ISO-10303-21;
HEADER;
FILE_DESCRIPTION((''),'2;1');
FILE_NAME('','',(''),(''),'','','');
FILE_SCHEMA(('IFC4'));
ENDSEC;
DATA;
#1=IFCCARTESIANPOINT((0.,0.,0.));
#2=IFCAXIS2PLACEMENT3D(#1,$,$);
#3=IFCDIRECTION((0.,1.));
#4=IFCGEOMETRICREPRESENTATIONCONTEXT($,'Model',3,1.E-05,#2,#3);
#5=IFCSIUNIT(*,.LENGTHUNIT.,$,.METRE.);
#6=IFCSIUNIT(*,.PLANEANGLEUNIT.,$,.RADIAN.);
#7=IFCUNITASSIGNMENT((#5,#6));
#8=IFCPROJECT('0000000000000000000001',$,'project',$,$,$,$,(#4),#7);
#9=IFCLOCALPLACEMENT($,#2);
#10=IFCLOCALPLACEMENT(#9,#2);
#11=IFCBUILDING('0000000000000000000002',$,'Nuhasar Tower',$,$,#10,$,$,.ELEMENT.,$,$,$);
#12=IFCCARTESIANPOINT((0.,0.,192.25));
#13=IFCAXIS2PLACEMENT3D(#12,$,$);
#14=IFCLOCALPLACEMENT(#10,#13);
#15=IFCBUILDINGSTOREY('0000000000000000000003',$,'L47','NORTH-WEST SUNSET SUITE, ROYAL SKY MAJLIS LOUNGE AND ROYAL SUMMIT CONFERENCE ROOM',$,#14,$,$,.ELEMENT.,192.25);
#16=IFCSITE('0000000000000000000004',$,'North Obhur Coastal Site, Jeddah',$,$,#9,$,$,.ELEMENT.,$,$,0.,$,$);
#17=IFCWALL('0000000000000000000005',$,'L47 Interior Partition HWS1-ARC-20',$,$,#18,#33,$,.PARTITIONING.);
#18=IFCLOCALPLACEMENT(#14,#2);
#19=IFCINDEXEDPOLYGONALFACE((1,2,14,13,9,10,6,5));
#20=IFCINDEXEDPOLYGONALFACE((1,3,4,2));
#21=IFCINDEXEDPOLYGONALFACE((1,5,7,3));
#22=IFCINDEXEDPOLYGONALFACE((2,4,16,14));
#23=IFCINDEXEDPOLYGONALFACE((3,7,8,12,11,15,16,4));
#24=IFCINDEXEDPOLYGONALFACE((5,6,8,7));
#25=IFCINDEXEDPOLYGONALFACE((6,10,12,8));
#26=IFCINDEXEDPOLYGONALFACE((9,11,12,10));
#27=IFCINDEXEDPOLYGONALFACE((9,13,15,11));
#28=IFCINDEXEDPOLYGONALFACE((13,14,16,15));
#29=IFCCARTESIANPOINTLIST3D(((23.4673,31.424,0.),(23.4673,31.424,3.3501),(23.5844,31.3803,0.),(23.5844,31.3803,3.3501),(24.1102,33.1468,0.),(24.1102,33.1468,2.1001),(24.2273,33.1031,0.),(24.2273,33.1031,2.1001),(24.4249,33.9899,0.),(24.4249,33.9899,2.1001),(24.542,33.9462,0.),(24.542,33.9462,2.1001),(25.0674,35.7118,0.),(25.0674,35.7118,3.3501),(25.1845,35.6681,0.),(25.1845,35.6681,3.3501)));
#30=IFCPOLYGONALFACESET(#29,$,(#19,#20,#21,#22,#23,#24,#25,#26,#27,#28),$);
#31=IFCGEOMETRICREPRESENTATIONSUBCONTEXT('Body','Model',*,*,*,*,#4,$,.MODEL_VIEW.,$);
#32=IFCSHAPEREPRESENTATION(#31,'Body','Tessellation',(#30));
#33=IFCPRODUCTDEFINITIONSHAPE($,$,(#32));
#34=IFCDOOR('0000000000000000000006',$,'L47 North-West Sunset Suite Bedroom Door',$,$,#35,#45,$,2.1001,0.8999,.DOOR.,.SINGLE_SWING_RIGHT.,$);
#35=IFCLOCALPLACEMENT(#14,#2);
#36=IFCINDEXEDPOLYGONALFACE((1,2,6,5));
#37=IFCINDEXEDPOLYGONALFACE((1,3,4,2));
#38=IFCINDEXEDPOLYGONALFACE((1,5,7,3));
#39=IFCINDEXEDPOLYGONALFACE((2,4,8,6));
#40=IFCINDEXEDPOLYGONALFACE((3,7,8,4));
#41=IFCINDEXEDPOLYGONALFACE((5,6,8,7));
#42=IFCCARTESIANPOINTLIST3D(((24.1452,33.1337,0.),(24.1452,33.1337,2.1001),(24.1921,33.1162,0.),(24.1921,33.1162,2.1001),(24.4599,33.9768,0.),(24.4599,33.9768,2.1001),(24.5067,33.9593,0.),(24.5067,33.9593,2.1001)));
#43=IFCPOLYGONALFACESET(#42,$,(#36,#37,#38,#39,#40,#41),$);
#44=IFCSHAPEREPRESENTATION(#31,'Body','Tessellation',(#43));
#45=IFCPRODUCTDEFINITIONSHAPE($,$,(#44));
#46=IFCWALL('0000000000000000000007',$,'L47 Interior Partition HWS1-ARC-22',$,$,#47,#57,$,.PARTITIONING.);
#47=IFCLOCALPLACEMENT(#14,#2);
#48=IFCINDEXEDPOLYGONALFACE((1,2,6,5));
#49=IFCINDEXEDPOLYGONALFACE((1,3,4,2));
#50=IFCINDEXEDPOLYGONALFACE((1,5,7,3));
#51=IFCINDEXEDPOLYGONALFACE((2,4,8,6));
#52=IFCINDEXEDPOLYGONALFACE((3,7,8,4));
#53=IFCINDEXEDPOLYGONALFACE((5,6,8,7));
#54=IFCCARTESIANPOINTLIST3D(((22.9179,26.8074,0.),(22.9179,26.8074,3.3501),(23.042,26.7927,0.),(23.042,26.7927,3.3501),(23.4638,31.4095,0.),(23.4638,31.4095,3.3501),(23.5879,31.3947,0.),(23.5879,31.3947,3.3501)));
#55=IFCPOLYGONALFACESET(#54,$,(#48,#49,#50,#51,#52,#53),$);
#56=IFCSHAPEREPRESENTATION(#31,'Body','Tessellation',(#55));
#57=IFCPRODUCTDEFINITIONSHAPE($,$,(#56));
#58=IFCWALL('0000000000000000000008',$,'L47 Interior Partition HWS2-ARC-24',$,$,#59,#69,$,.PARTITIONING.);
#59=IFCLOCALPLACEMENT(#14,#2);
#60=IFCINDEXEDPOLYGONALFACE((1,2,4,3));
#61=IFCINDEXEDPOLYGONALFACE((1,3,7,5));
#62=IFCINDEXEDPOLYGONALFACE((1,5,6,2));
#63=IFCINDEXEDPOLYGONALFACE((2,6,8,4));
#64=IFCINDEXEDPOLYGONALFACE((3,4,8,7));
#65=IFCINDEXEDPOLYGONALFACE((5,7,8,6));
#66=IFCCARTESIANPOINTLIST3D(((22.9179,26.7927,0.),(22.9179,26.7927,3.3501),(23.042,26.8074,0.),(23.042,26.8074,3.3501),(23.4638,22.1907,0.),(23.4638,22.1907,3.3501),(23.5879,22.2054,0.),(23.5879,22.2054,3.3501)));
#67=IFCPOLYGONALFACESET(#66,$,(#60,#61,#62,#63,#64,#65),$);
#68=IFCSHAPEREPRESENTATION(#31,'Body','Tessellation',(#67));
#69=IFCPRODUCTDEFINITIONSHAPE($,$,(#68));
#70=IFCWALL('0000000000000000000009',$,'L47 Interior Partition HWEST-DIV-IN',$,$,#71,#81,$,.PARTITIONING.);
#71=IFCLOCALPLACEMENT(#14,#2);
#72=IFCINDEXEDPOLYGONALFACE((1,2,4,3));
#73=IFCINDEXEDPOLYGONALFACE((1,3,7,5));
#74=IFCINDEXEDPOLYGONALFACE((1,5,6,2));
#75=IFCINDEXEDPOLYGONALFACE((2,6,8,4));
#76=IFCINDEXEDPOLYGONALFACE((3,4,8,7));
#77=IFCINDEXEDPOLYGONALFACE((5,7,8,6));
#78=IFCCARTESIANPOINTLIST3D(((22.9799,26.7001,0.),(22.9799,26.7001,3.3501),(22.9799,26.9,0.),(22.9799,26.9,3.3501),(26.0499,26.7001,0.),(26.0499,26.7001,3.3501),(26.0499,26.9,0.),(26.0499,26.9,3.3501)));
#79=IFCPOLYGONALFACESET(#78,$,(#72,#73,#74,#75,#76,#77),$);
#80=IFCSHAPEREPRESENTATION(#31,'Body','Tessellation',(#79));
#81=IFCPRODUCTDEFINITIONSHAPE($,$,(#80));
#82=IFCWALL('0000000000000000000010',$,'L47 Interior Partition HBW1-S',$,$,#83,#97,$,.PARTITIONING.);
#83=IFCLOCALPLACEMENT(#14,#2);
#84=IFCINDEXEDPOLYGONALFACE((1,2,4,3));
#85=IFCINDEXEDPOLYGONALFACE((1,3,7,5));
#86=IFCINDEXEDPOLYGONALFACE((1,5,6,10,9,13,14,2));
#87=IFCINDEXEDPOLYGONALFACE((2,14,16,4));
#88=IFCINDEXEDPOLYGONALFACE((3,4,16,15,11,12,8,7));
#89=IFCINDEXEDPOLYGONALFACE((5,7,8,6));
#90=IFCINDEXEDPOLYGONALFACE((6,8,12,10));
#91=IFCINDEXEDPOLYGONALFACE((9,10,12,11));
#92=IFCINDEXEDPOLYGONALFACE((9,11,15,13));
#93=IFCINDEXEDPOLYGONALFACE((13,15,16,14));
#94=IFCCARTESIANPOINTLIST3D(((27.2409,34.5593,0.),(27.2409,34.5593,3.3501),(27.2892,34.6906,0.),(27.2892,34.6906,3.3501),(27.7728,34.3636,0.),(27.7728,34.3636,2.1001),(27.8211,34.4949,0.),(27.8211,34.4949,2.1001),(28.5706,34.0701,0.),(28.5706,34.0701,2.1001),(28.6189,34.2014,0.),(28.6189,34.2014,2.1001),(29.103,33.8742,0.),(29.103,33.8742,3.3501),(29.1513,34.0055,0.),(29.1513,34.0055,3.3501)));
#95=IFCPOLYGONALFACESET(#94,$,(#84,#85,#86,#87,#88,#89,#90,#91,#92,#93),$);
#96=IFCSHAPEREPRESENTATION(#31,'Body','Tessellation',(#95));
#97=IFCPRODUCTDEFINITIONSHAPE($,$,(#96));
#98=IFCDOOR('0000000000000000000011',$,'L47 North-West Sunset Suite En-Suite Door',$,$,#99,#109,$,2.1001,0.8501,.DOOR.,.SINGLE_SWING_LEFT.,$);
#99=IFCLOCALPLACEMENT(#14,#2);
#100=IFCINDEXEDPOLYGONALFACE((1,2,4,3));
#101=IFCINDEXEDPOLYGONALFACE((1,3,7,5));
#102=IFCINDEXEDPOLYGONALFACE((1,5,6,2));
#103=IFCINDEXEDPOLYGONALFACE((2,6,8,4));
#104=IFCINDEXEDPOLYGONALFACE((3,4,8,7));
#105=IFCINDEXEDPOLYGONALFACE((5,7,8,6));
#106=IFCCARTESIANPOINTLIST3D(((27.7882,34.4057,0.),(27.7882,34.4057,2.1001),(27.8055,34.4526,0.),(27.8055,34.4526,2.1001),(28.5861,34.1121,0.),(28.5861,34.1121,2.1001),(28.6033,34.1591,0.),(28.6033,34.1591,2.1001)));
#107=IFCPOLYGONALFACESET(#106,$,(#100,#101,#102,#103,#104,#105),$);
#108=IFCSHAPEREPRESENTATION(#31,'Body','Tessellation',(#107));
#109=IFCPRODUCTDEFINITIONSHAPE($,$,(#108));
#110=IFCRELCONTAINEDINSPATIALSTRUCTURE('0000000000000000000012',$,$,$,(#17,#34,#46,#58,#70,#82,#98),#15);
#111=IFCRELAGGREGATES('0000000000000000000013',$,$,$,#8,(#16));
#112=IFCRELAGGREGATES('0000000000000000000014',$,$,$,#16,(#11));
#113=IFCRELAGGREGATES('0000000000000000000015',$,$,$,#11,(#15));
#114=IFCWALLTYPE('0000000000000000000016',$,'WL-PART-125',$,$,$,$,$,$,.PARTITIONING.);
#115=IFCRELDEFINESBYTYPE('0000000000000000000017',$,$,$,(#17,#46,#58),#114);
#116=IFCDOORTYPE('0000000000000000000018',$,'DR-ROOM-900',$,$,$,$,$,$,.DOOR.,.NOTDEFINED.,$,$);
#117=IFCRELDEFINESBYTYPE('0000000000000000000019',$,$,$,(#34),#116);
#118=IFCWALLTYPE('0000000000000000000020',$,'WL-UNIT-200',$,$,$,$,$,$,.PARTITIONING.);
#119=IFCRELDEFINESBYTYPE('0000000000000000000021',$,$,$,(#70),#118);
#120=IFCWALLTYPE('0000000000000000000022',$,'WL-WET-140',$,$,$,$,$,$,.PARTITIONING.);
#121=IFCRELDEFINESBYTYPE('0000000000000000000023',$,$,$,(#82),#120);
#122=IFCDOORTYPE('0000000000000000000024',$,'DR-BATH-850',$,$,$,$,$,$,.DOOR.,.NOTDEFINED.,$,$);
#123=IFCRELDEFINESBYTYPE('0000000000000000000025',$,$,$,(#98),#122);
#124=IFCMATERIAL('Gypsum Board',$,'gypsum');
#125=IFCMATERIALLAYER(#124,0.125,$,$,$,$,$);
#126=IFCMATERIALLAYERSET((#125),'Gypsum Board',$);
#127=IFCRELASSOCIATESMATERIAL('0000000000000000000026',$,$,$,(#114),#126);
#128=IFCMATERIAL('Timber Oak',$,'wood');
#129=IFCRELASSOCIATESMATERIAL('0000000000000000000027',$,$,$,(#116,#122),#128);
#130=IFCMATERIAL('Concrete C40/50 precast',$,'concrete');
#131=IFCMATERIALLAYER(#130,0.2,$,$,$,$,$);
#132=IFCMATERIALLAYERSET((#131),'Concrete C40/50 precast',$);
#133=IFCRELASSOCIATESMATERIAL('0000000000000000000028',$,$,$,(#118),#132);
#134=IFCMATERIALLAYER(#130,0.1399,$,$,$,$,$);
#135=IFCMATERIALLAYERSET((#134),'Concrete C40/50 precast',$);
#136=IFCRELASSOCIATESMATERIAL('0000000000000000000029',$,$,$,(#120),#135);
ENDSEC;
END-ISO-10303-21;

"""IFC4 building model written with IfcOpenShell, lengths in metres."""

from ifc_helpers import new_model, si_unit, direction, frame, frame_2d, origin, place, context, subcontext, project, spatial, rectangle, extrude, material, layer, layer_set, type_object, element, fill, save


model = new_model("IFC4")

# Units and contexts
model_context = context("Model", 3, precision=1e-05, world=origin(), true_north=direction((0.0, 1.0)))
body_context = subcontext(model_context, "Body", "Model", "MODEL_VIEW")
ifc_project = project(units=[si_unit("LENGTHUNIT", "METRE"), si_unit("PLANEANGLEUNIT", "RADIAN")], contexts=[model_context])

# Site, building, storey
site_placement = place(None, origin())
site = spatial("IfcSite", under=ifc_project, at=site_placement, Name="North Obhur Coastal Site, Jeddah", CompositionType="ELEMENT", RefElevation=0.0)
building_placement = place(site_placement, origin())
building = spatial("IfcBuilding", under=site, at=building_placement, Name="Nuhasar Tower", CompositionType="ELEMENT")
storey_placement = place(building_placement, frame((0.0, 0.0, 192.25)))
storey = spatial("IfcBuildingStorey", under=building, at=storey_placement, Name="L47", Description="NORTH-WEST SUNSET SUITE, ROYAL SKY MAJLIS LOUNGE AND ROYAL SUMMIT CONFERENCE ROOM", CompositionType="ELEMENT", Elevation=192.25)

# Shared definitions
ifc_material_1 = material(Name="Gypsum Board", Category="gypsum")

# Shared definitions
ifc_material_2 = material(Name="Timber Oak", Category="wood")

# Shared definitions
ifc_layer_1 = layer(ifc_material_1, 0.125)
ifc_layer_set_1 = layer_set([ifc_layer_1], Name="Gypsum Board")
wall_type_1 = type_object("IfcWallType", Name="WL-PART-125", PredefinedType="PARTITIONING", material=ifc_layer_set_1)

# Wall, opening, door
wall_1_placement = place(storey_placement, frame((25.126, 35.6899, 0.0), z_axis=(0.0, 0.0, 1.0), x_axis=(-0.349621, -0.936891, 0.0)))
wall_1 = element("IfcWall", 1, at=wall_1_placement, inside=storey, type_object=wall_type_1, Name="L47 Interior Partition HWS1-ARC-20", PredefinedType="PARTITIONING", context=body_context, shape_type="SweptSolid", body=[
    extrude(rectangle(XDim=4.5767, YDim=0.125, at=frame_2d((2.2883, 0.0))), origin(), (0.0, 0.0, 1.0), 3.3501),
])
opening_1_placement = place(wall_1_placement, frame((1.8379, 0.0, 0.0)))
opening_1 = element("IfcOpeningElement", 2, at=opening_1_placement, cuts=wall_1, PredefinedType="OPENING", context=body_context, shape_type="SweptSolid", body=[
    extrude(rectangle(XDim=0.8999, YDim=2.1001, at=frame_2d((0.45, 1.05))), frame((0.0, 0.0725, 0.0), z_axis=(0.0, -1.0, 0.0), x_axis=(1.0, 0.0, 0.0)), (0.0, 0.0, 1.0), 0.145),
])
door_type_1 = type_object("IfcDoorType", Name="DR-ROOM-900", OperationType="NOTDEFINED", PredefinedType="DOOR", material=ifc_material_2)
door_1_placement = place(opening_1_placement, origin())
door_1 = element("IfcDoor", 3, at=door_1_placement, inside=storey, type_object=door_type_1, Name="L47 North-West Sunset Suite Bedroom Door", OperationType="SINGLE_SWING_RIGHT", OverallHeight=2.1001, OverallWidth=0.8999, PredefinedType="DOOR", context=body_context, shape_type="SweptSolid", body=[
    extrude(rectangle(XDim=0.8999, YDim=2.1001, at=frame_2d((0.45, 1.05))), frame((0.0, 0.0249, 0.0), z_axis=(0.0, -1.0, 0.0), x_axis=(1.0, 0.0, 0.0)), (0.0, 0.0, 1.0), 0.05),
])
fill(opening_1, door_1)

# Walls
for number, where, z_axis, x_axis, name in (
    (4, (23.5259, 31.4021, 0.0), (0.0, 0.0, 1.0), (-0.117795, -0.993038, 0.0), "L47 Interior Partition HWS1-ARC-22"),
    (5, (22.98, 26.8, 0.0), (0.0, 0.0, 1.0), (0.117795, -0.993038, 0.0), "L47 Interior Partition HWS2-ARC-24"),
):
    element("IfcWall", number, at=place(storey_placement, frame(where, z_axis=z_axis, x_axis=x_axis)), inside=storey, type_object=wall_type_1, Name=name, PredefinedType="PARTITIONING", context=body_context, shape_type="SweptSolid", body=[
        extrude(rectangle(XDim=4.6343, YDim=0.125, at=frame_2d((2.3171, 0.0))), origin(), (0.0, 0.0, 1.0), 3.3501),
    ])
ifc_material_3 = material(Name="Concrete C40/50 precast", Category="concrete")
ifc_layer_2 = layer(ifc_material_3, 0.2)
ifc_layer_set_2 = layer_set([ifc_layer_2], Name="Concrete C40/50 precast")
wall_type_2 = type_object("IfcWallType", Name="WL-UNIT-200", PredefinedType="PARTITIONING", material=ifc_layer_set_2)
wall_2_placement = place(storey_placement, frame((26.05, 26.8, 0.0), z_axis=(0.0, 0.0, 1.0), x_axis=(-1.0, 0.0, 0.0)))
element("IfcWall", 6, at=wall_2_placement, inside=storey, type_object=wall_type_2, Name="L47 Interior Partition HWEST-DIV-IN", PredefinedType="PARTITIONING", context=body_context, shape_type="SweptSolid", body=[
    extrude(rectangle(XDim=3.0701, YDim=0.2, at=frame_2d((1.5352, 0.0))), origin(), (0.0, 0.0, 1.0), 3.3501),
])

# Wall, opening, door
ifc_layer_3 = layer(ifc_material_3, 0.1399)
ifc_layer_set_3 = layer_set([ifc_layer_3], Name="Concrete C40/50 precast")
wall_type_3 = type_object("IfcWallType", Name="WL-WET-140", PredefinedType="PARTITIONING", material=ifc_layer_set_3)
wall_3_placement = place(storey_placement, frame((27.2649, 34.625, 0.0), z_axis=(0.0, 0.0, 1.0), x_axis=(0.938501, -0.345278, 0.0)))
wall_3 = element("IfcWall", 7, at=wall_3_placement, inside=storey, type_object=wall_type_3, Name="L47 Interior Partition HBW1-S", PredefinedType="PARTITIONING", context=body_context, shape_type="SweptSolid", body=[
    extrude(rectangle(XDim=1.9841, YDim=0.1399, at=frame_2d((0.9922, 0.0))), origin(), (0.0, 0.0, 1.0), 3.3501),
])
opening_2_placement = place(wall_3_placement, frame((0.5669, 0.0, 0.0)))
opening_2 = element("IfcOpeningElement", 8, at=opening_2_placement, cuts=wall_3, PredefinedType="OPENING", context=body_context, shape_type="SweptSolid", body=[
    extrude(rectangle(XDim=0.8501, YDim=2.1001, at=frame_2d((0.425, 1.05))), frame((0.0, 0.0801, 0.0), z_axis=(0.0, -1.0, 0.0), x_axis=(1.0, 0.0, 0.0)), (0.0, 0.0, 1.0), 0.1599),
])
door_type_2 = type_object("IfcDoorType", Name="DR-BATH-850", OperationType="NOTDEFINED", PredefinedType="DOOR", material=ifc_material_2)
door_2_placement = place(opening_2_placement, origin())
door_2 = element("IfcDoor", 9, at=door_2_placement, inside=storey, type_object=door_type_2, Name="L47 North-West Sunset Suite En-Suite Door", OperationType="SINGLE_SWING_LEFT", OverallHeight=2.1001, OverallWidth=0.8501, PredefinedType="DOOR", context=body_context, shape_type="SweptSolid", body=[
    extrude(rectangle(XDim=0.8501, YDim=2.1001, at=frame_2d((0.425, 1.05))), frame((0.0, 0.0249, 0.0), z_axis=(0.0, -1.0, 0.0), x_axis=(1.0, 0.0, 0.0)), (0.0, 0.0, 1.0), 0.05),
])
fill(opening_2, door_2)

save(model, "model.ifc")
